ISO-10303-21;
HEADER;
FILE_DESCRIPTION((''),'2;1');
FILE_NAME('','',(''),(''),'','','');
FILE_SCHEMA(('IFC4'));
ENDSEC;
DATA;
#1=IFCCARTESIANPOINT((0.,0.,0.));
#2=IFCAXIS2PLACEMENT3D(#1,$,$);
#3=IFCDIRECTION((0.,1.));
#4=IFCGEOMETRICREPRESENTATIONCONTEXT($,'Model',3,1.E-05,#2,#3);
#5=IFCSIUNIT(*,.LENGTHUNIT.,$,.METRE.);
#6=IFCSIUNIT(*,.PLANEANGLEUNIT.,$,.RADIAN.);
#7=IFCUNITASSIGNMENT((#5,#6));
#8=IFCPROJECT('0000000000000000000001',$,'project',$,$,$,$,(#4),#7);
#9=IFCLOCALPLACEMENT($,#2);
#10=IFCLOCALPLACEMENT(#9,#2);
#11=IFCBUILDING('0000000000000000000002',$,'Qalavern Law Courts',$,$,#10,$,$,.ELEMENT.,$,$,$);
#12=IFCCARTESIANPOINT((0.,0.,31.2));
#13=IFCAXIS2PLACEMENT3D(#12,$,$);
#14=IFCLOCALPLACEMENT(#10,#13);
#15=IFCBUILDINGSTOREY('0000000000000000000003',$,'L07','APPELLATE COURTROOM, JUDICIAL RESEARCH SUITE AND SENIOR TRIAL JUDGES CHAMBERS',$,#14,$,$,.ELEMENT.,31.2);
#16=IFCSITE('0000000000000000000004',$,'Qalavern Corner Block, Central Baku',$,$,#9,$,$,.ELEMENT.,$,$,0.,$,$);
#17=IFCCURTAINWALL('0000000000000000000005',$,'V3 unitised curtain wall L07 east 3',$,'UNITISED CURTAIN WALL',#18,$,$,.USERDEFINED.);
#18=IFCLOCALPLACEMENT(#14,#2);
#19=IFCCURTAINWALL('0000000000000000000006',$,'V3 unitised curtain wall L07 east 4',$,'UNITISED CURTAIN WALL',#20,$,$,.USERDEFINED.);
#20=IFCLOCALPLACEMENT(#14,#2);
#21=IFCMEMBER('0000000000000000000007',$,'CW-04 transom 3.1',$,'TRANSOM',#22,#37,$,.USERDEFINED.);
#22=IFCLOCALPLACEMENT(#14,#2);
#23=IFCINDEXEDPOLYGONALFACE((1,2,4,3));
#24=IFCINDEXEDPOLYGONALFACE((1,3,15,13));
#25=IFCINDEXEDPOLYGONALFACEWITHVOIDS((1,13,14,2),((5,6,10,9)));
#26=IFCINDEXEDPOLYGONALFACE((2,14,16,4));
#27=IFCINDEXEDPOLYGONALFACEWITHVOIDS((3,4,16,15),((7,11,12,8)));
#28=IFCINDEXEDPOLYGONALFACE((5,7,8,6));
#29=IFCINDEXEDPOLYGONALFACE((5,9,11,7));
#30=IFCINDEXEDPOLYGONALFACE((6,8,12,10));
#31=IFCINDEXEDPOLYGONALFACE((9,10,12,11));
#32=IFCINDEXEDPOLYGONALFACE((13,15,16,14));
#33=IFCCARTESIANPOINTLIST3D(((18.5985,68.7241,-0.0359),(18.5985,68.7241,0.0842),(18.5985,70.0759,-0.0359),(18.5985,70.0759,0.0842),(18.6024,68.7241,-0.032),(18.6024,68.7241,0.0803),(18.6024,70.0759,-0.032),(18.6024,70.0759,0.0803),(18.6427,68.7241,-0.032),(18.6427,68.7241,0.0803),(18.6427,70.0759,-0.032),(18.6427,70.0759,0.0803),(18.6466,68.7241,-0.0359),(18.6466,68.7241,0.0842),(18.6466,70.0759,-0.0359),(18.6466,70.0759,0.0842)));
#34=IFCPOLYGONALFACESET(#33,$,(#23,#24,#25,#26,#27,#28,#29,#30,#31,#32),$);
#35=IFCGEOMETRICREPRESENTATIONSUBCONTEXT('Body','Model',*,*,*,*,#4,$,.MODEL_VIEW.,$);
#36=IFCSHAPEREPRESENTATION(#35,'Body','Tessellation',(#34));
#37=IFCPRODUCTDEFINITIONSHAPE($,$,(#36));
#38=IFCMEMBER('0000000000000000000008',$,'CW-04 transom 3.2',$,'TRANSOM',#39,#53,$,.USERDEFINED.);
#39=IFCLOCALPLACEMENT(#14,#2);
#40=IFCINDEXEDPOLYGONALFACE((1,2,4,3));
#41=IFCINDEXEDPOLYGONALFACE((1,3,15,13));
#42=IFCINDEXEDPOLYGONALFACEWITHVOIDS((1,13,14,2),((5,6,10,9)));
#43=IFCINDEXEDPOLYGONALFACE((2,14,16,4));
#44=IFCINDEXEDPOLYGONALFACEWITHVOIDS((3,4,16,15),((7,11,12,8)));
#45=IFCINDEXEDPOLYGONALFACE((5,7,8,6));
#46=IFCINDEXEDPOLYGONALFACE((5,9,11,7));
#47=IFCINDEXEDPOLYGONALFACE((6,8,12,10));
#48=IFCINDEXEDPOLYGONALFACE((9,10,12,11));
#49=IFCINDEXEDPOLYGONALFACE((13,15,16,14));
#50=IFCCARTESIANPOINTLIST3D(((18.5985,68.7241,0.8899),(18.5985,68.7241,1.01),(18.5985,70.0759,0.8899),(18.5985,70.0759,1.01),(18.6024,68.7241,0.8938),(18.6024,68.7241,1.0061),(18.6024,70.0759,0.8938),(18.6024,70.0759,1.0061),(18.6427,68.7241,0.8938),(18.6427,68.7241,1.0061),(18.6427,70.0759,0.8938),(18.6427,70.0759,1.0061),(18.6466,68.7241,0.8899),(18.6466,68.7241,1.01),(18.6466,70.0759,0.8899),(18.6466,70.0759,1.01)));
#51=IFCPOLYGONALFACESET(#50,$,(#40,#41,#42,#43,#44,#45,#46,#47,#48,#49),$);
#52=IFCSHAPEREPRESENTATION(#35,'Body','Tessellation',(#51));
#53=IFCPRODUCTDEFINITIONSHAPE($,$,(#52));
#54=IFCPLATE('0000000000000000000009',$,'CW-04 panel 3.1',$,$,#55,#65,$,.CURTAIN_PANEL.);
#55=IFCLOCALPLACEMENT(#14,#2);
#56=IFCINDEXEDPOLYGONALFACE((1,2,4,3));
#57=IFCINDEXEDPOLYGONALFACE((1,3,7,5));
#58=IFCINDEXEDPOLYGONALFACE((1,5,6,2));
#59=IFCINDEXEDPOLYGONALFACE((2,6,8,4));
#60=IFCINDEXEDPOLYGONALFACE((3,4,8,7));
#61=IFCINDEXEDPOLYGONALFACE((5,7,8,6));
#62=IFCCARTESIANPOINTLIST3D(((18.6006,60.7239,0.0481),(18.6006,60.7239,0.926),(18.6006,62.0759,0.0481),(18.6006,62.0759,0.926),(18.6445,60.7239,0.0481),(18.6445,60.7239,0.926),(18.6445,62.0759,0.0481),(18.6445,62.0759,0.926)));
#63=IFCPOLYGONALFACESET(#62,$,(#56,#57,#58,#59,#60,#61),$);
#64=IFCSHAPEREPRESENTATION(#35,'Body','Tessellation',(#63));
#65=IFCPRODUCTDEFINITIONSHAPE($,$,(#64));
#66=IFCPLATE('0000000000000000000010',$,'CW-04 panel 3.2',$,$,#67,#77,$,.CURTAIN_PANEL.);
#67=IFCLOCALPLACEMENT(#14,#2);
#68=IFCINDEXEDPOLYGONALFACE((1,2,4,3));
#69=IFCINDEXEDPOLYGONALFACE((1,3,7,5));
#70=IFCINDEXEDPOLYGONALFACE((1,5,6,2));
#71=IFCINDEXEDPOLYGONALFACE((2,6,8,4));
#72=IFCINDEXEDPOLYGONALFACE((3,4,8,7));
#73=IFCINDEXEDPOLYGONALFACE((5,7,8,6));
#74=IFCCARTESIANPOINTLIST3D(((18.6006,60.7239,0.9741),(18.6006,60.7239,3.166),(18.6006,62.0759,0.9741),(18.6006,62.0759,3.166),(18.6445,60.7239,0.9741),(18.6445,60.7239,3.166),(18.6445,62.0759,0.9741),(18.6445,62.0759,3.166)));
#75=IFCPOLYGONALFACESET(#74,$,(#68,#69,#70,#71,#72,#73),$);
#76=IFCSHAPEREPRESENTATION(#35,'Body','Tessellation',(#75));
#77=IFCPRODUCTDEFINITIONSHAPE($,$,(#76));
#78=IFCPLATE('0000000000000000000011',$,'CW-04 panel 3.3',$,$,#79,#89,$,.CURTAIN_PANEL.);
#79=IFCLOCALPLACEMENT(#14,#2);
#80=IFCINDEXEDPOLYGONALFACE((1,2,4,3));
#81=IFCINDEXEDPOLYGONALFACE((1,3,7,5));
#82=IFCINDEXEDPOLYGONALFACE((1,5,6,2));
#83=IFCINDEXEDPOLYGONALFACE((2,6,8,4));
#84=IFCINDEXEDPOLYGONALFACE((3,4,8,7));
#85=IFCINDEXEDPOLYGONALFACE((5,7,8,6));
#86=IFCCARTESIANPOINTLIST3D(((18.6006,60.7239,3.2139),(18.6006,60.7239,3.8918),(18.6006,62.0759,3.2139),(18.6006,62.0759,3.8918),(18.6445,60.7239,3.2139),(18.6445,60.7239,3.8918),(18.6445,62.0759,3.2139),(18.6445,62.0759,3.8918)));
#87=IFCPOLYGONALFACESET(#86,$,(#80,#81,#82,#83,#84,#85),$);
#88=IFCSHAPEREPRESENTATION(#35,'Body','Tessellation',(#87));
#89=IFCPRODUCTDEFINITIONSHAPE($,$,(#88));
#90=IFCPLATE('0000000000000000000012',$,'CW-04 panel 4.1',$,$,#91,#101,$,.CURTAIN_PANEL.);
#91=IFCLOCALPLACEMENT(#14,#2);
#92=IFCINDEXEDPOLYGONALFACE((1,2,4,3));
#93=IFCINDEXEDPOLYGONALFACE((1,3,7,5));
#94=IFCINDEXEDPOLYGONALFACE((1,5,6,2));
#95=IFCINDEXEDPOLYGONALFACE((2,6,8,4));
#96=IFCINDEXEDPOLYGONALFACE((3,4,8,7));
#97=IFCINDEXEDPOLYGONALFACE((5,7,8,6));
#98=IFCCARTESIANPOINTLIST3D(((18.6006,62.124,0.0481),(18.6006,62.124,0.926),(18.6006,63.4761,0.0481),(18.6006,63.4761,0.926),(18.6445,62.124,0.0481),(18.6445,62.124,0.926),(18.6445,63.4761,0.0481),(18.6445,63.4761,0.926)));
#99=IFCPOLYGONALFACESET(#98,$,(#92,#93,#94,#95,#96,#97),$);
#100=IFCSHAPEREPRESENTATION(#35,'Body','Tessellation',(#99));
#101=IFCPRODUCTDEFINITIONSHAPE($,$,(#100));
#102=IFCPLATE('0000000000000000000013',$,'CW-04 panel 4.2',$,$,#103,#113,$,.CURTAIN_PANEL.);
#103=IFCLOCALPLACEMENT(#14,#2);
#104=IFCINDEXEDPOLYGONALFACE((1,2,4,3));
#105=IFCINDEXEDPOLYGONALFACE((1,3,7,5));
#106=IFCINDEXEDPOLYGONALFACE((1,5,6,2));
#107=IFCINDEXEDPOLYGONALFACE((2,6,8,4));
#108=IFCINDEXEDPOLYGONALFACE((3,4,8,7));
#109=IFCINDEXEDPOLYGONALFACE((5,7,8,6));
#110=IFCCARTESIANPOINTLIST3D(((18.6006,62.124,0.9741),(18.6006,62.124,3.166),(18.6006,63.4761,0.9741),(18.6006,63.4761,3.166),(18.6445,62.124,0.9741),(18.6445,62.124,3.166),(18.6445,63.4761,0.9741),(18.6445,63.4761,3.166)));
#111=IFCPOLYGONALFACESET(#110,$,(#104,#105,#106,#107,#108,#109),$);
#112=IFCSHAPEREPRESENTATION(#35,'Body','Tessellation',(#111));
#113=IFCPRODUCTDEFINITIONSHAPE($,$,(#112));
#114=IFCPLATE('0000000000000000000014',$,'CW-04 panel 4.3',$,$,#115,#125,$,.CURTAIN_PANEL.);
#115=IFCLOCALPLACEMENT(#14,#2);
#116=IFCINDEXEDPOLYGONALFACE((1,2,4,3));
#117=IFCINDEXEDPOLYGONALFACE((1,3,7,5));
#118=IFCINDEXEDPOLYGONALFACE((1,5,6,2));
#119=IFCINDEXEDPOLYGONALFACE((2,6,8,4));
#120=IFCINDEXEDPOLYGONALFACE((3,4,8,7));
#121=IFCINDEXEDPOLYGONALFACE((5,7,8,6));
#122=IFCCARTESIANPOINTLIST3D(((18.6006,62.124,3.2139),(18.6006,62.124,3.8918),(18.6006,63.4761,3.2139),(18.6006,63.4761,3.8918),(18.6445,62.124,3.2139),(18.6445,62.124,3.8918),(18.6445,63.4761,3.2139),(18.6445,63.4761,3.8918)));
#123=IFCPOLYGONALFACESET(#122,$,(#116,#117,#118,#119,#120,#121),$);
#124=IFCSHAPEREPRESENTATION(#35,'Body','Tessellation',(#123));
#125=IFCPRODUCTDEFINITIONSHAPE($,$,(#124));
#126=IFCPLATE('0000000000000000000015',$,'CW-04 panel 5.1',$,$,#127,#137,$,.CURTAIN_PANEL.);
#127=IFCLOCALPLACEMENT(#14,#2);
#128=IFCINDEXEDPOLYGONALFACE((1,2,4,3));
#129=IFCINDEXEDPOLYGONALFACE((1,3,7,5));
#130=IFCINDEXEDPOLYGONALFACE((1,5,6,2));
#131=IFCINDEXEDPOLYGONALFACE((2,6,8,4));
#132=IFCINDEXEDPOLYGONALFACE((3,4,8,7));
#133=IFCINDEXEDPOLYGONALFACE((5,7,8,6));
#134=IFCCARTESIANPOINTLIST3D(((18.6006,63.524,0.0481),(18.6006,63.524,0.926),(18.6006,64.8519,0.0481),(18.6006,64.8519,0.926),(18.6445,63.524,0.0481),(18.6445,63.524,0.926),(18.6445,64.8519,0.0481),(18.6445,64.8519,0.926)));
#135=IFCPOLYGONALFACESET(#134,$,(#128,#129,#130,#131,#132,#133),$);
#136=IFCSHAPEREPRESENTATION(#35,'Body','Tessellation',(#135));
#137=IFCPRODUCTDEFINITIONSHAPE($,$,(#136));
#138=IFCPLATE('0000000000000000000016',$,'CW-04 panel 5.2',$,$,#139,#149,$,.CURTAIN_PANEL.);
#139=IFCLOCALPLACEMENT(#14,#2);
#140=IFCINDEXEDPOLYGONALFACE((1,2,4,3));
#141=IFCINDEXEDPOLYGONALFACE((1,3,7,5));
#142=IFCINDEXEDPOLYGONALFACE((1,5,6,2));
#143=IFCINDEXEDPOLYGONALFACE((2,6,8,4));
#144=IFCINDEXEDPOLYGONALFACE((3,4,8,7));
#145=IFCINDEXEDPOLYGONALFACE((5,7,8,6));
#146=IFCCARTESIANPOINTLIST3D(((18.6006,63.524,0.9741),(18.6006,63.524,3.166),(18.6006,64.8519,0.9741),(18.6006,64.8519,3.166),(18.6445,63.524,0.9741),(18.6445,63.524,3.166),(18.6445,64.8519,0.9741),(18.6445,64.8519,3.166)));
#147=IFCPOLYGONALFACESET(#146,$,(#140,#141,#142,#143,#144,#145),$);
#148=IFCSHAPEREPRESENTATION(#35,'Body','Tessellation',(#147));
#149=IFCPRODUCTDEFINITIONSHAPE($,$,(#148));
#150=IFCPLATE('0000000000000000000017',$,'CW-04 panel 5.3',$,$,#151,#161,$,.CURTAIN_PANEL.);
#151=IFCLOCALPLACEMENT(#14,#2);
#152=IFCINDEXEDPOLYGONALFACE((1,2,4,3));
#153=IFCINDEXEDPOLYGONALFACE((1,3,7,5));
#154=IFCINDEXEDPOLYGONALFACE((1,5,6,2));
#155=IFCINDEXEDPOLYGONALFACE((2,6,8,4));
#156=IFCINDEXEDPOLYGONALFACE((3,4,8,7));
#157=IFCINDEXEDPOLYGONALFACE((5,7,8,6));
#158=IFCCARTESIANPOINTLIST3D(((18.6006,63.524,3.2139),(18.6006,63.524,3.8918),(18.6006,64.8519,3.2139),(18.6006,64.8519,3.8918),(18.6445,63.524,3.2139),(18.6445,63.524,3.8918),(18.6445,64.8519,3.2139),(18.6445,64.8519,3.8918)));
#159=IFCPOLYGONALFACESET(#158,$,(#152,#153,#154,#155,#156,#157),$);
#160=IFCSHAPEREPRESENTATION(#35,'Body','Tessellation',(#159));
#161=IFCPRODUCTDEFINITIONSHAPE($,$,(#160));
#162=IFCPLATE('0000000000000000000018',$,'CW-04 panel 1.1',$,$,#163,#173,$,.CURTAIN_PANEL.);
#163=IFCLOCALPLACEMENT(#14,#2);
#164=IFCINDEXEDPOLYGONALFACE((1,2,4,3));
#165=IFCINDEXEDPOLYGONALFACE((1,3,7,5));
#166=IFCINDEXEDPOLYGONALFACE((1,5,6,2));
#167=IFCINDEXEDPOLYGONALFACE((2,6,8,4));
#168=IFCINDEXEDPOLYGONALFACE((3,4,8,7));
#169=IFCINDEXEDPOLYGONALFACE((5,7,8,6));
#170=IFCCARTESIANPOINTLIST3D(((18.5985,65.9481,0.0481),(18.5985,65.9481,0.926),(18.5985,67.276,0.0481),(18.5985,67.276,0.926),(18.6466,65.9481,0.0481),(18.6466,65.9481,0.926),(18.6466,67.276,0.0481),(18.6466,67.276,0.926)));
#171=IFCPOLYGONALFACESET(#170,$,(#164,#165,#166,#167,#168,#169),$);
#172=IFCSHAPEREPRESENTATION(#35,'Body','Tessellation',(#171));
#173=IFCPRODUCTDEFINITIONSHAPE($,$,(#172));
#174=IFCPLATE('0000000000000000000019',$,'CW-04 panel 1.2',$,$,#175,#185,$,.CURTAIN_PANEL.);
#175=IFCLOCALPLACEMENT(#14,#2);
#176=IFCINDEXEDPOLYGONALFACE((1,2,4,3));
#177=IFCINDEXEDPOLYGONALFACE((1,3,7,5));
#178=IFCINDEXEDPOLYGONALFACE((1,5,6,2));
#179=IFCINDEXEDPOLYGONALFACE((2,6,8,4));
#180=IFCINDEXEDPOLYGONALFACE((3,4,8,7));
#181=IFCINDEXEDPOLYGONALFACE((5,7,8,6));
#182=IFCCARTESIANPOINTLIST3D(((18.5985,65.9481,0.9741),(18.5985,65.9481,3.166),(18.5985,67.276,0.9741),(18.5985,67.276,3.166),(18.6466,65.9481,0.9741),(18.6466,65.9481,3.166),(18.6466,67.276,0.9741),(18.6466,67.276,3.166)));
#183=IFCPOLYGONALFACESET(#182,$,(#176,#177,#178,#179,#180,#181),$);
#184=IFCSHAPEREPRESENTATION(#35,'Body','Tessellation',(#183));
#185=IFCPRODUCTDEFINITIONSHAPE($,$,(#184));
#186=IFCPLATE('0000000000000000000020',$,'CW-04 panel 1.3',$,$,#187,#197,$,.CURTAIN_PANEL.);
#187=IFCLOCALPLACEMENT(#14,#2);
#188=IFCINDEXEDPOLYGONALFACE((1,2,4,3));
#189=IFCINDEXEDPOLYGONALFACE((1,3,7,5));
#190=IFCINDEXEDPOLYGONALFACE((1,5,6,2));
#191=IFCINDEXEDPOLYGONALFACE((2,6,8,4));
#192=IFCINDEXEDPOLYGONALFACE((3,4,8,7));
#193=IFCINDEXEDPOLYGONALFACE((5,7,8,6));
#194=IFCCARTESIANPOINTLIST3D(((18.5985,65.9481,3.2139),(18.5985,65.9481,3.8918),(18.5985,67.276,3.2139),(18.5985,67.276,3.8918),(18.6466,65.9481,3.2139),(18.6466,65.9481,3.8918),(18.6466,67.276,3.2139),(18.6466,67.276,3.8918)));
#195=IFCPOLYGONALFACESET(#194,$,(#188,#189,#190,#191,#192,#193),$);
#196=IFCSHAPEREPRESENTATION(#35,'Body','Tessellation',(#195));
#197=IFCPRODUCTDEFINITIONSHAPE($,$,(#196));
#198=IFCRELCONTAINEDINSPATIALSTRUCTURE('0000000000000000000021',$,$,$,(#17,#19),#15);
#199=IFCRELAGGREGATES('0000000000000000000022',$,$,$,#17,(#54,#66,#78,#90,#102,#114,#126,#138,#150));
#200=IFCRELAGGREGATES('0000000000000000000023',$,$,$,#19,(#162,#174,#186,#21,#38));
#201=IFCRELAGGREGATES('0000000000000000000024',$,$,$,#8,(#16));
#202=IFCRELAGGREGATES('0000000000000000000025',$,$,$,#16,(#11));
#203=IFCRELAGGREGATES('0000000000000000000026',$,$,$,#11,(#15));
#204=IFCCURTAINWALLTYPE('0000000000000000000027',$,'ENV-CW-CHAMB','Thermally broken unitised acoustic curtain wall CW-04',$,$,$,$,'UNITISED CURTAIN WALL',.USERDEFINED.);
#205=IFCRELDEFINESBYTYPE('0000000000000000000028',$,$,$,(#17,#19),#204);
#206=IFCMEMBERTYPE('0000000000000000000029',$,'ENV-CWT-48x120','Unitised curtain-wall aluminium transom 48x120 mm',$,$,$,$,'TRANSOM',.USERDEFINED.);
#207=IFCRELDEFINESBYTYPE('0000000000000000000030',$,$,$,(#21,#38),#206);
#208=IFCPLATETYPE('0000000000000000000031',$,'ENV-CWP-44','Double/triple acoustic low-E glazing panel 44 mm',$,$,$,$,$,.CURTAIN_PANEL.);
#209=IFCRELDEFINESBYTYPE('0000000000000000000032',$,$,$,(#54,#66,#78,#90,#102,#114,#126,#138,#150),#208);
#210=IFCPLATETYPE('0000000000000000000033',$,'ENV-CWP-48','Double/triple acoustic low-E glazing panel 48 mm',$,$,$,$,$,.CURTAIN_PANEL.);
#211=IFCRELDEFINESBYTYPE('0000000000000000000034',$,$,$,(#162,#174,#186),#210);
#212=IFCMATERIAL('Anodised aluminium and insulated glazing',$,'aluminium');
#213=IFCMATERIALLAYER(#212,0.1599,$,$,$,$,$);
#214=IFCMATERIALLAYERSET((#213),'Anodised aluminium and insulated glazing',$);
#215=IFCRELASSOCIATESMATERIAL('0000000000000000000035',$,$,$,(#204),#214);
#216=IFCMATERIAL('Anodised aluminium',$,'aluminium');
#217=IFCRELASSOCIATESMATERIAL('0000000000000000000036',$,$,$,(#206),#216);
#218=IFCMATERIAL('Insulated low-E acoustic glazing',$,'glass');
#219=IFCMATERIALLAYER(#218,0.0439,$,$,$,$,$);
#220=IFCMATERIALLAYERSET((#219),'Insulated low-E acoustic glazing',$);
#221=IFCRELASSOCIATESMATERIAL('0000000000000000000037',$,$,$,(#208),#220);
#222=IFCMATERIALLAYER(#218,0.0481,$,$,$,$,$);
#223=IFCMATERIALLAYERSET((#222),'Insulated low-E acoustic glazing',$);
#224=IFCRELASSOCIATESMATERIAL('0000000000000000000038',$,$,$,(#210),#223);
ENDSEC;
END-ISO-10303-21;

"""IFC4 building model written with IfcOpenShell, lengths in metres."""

from ifc_helpers import new_model, si_unit, direction, frame, origin, origin_2d, place, context, subcontext, project, spatial, rectangle, hollow_rectangle, extrude, material, layer, layer_set, material_profile, profile_set, type_object, element, aggregate, save


model = new_model("IFC4")

# Units and contexts
model_context = context("Model", 3, precision=1e-05, world=origin(), true_north=direction((0.0, 1.0)))
body_context = subcontext(model_context, "Body", "Model", "MODEL_VIEW")
ifc_project = project(units=[si_unit("LENGTHUNIT", "METRE"), si_unit("PLANEANGLEUNIT", "RADIAN")], contexts=[model_context])

# Site, building, storey
site_placement = place(None, origin())
site = spatial("IfcSite", under=ifc_project, at=site_placement, Name="Qalavern Corner Block, Central Baku", CompositionType="ELEMENT", RefElevation=0.0)
building_placement = place(site_placement, origin())
building = spatial("IfcBuilding", under=site, at=building_placement, Name="Qalavern Law Courts", CompositionType="ELEMENT")
storey_placement = place(building_placement, frame((0.0, 0.0, 31.2)))
storey = spatial("IfcBuildingStorey", under=building, at=storey_placement, Name="L07", Description="APPELLATE COURTROOM, JUDICIAL RESEARCH SUITE AND SENIOR TRIAL JUDGES CHAMBERS", CompositionType="ELEMENT", Elevation=31.2)

# Curtain walls
ifc_material_1 = material(Name="Anodised aluminium and insulated glazing", Category="aluminium")
ifc_layer_1 = layer(ifc_material_1, 0.1599)
ifc_layer_set_1 = layer_set([ifc_layer_1], Name="Anodised aluminium and insulated glazing")
curtain_wall_type = type_object("IfcCurtainWallType", Name="ENV-CW-CHAMB", Description="Thermally broken unitised acoustic curtain wall CW-04", ElementType="UNITISED CURTAIN WALL", PredefinedType="USERDEFINED", material=ifc_layer_set_1)
curtain_wall_1_placement = place(storey_placement, origin())
curtain_wall_1 = element("IfcCurtainWall", 1, at=curtain_wall_1_placement, inside=storey, type_object=curtain_wall_type, Name="V3 unitised curtain wall L07 east 3", ObjectType="UNITISED CURTAIN WALL", PredefinedType="USERDEFINED")
ifc_material_2 = material(Name="Anodised aluminium", Category="aluminium")
curtain_wall_2_placement = place(storey_placement, origin())
curtain_wall_2 = element("IfcCurtainWall", 2, at=curtain_wall_2_placement, inside=storey, type_object=curtain_wall_type, Name="V3 unitised curtain wall L07 east 4", ObjectType="UNITISED CURTAIN WALL", PredefinedType="USERDEFINED")

# Members
ifc_material_profile_1 = material_profile(ifc_material_2, hollow_rectangle(XDim=0.0481, YDim=0.1201, WallThickness=0.0039, at=origin_2d()), Name="ALU TRANSOM 48x120")
ifc_profile_set_1 = profile_set([ifc_material_profile_1], Name="Anodised aluminium")
member_type_1 = type_object("IfcMemberType", Name="ENV-CWT-48x120", Description="Unitised curtain-wall aluminium transom 48x120 mm", ElementType="TRANSOM", PredefinedType="USERDEFINED", material=ifc_profile_set_1)
member_1_placement = place(storey_placement, frame((18.6226, 68.7241, 0.0242), z_axis=(0.0, 1.0, 0.0), x_axis=(-1.0, 0.0, 0.0)))
member_1 = element("IfcMember", 3, at=member_1_placement, type_object=member_type_1, Name="CW-04 transom 3.1", ObjectType="TRANSOM", PredefinedType="USERDEFINED", context=body_context, shape_type="SweptSolid", body=[
    extrude(hollow_rectangle(XDim=0.0481, YDim=0.1201, WallThickness=0.0039, at=origin_2d()), origin(), (0.0, 0.0, 1.0), 1.3518),
])
member_2_placement = place(storey_placement, frame((18.6226, 68.7241, 0.95), z_axis=(0.0, 1.0, 0.0), x_axis=(-1.0, 0.0, 0.0)))
member_2 = element("IfcMember", 4, at=member_2_placement, type_object=member_type_1, Name="CW-04 transom 3.2", ObjectType="TRANSOM", PredefinedType="USERDEFINED", context=body_context, shape_type="SweptSolid", body=[
    extrude(hollow_rectangle(XDim=0.0481, YDim=0.1201, WallThickness=0.0039, at=origin_2d()), origin(), (0.0, 0.0, 1.0), 1.3518),
])

# Plates
ifc_material_3 = material(Name="Insulated low-E acoustic glazing", Category="glass")
ifc_layer_2 = layer(ifc_material_3, 0.0439)
ifc_layer_set_2 = layer_set([ifc_layer_2], Name="Insulated low-E acoustic glazing")
plate_type_1 = type_object("IfcPlateType", Name="ENV-CWP-44", Description="Double/triple acoustic low-E glazing panel 44 mm", PredefinedType="CURTAIN_PANEL", material=ifc_layer_set_2)
plate_1_placement = place(storey_placement, frame((18.6226, 61.3999, 0.0481), z_axis=(0.0, 0.0, 1.0), x_axis=(0.0, 1.0, 0.0)))
plate_1 = element("IfcPlate", 5, at=plate_1_placement, type_object=plate_type_1, Name="CW-04 panel 3.1", PredefinedType="CURTAIN_PANEL", context=body_context, shape_type="SweptSolid", body=[
    extrude(rectangle(XDim=1.3521, YDim=0.0439, at=origin_2d()), origin(), (0.0, 0.0, 1.0), 0.8779),
])
plate_2_placement = place(storey_placement, frame((18.6226, 61.3999, 0.9741), z_axis=(0.0, 0.0, 1.0), x_axis=(0.0, 1.0, 0.0)))
plate_2 = element("IfcPlate", 6, at=plate_2_placement, type_object=plate_type_1, Name="CW-04 panel 3.2", PredefinedType="CURTAIN_PANEL", context=body_context, shape_type="SweptSolid", body=[
    extrude(rectangle(XDim=1.3521, YDim=0.0439, at=origin_2d()), origin(), (0.0, 0.0, 1.0), 2.1919),
])
plate_3_placement = place(storey_placement, frame((18.6226, 61.3999, 3.2139), z_axis=(0.0, 0.0, 1.0), x_axis=(0.0, 1.0, 0.0)))
plate_3 = element("IfcPlate", 7, at=plate_3_placement, type_object=plate_type_1, Name="CW-04 panel 3.3", PredefinedType="CURTAIN_PANEL", context=body_context, shape_type="SweptSolid", body=[
    extrude(rectangle(XDim=1.3521, YDim=0.0439, at=origin_2d()), origin(), (0.0, 0.0, 1.0), 0.678),
])
plate_4_placement = place(storey_placement, frame((18.6226, 62.8, 0.0481), z_axis=(0.0, 0.0, 1.0), x_axis=(0.0, 1.0, 0.0)))
plate_4 = element("IfcPlate", 8, at=plate_4_placement, type_object=plate_type_1, Name="CW-04 panel 4.1", PredefinedType="CURTAIN_PANEL", context=body_context, shape_type="SweptSolid", body=[
    extrude(rectangle(XDim=1.3521, YDim=0.0439, at=origin_2d()), origin(), (0.0, 0.0, 1.0), 0.8779),
])
plate_5_placement = place(storey_placement, frame((18.6226, 62.8, 0.9741), z_axis=(0.0, 0.0, 1.0), x_axis=(0.0, 1.0, 0.0)))
plate_5 = element("IfcPlate", 9, at=plate_5_placement, type_object=plate_type_1, Name="CW-04 panel 4.2", PredefinedType="CURTAIN_PANEL", context=body_context, shape_type="SweptSolid", body=[
    extrude(rectangle(XDim=1.3521, YDim=0.0439, at=origin_2d()), origin(), (0.0, 0.0, 1.0), 2.1919),
])
plate_6_placement = place(storey_placement, frame((18.6226, 62.8, 3.2139), z_axis=(0.0, 0.0, 1.0), x_axis=(0.0, 1.0, 0.0)))
plate_6 = element("IfcPlate", 10, at=plate_6_placement, type_object=plate_type_1, Name="CW-04 panel 4.3", PredefinedType="CURTAIN_PANEL", context=body_context, shape_type="SweptSolid", body=[
    extrude(rectangle(XDim=1.3521, YDim=0.0439, at=origin_2d()), origin(), (0.0, 0.0, 1.0), 0.678),
])
plate_7_placement = place(storey_placement, frame((18.6226, 64.188, 0.0481), z_axis=(0.0, 0.0, 1.0), x_axis=(0.0, 1.0, 0.0)))
plate_7 = element("IfcPlate", 11, at=plate_7_placement, type_object=plate_type_1, Name="CW-04 panel 5.1", PredefinedType="CURTAIN_PANEL", context=body_context, shape_type="SweptSolid", body=[
    extrude(rectangle(XDim=1.3279, YDim=0.0439, at=origin_2d()), origin(), (0.0, 0.0, 1.0), 0.8779),
])
plate_8_placement = place(storey_placement, frame((18.6226, 64.188, 0.9741), z_axis=(0.0, 0.0, 1.0), x_axis=(0.0, 1.0, 0.0)))
plate_8 = element("IfcPlate", 12, at=plate_8_placement, type_object=plate_type_1, Name="CW-04 panel 5.2", PredefinedType="CURTAIN_PANEL", context=body_context, shape_type="SweptSolid", body=[
    extrude(rectangle(XDim=1.3279, YDim=0.0439, at=origin_2d()), origin(), (0.0, 0.0, 1.0), 2.1919),
])
plate_9_placement = place(storey_placement, frame((18.6226, 64.188, 3.2139), z_axis=(0.0, 0.0, 1.0), x_axis=(0.0, 1.0, 0.0)))
plate_9 = element("IfcPlate", 13, at=plate_9_placement, type_object=plate_type_1, Name="CW-04 panel 5.3", PredefinedType="CURTAIN_PANEL", context=body_context, shape_type="SweptSolid", body=[
    extrude(rectangle(XDim=1.3279, YDim=0.0439, at=origin_2d()), origin(), (0.0, 0.0, 1.0), 0.678),
])
aggregate(curtain_wall_1, [plate_1, plate_2, plate_3, plate_4, plate_5, plate_6, plate_7, plate_8, plate_9])
ifc_layer_3 = layer(ifc_material_3, 0.0481)
ifc_layer_set_3 = layer_set([ifc_layer_3], Name="Insulated low-E acoustic glazing")
plate_type_2 = type_object("IfcPlateType", Name="ENV-CWP-48", Description="Double/triple acoustic low-E glazing panel 48 mm", PredefinedType="CURTAIN_PANEL", material=ifc_layer_set_3)
plate_10_placement = place(storey_placement, frame((18.6226, 66.6121, 0.0481), z_axis=(0.0, 0.0, 1.0), x_axis=(0.0, 1.0, 0.0)))
plate_10 = element("IfcPlate", 14, at=plate_10_placement, type_object=plate_type_2, Name="CW-04 panel 1.1", PredefinedType="CURTAIN_PANEL", context=body_context, shape_type="SweptSolid", body=[
    extrude(rectangle(XDim=1.3279, YDim=0.0481, at=origin_2d()), origin(), (0.0, 0.0, 1.0), 0.8779),
])
plate_11_placement = place(storey_placement, frame((18.6226, 66.6121, 0.9741), z_axis=(0.0, 0.0, 1.0), x_axis=(0.0, 1.0, 0.0)))
plate_11 = element("IfcPlate", 15, at=plate_11_placement, type_object=plate_type_2, Name="CW-04 panel 1.2", PredefinedType="CURTAIN_PANEL", context=body_context, shape_type="SweptSolid", body=[
    extrude(rectangle(XDim=1.3279, YDim=0.0481, at=origin_2d()), origin(), (0.0, 0.0, 1.0), 2.1919),
])
plate_12_placement = place(storey_placement, frame((18.6226, 66.6121, 3.2139), z_axis=(0.0, 0.0, 1.0), x_axis=(0.0, 1.0, 0.0)))
plate_12 = element("IfcPlate", 16, at=plate_12_placement, type_object=plate_type_2, Name="CW-04 panel 1.3", PredefinedType="CURTAIN_PANEL", context=body_context, shape_type="SweptSolid", body=[
    extrude(rectangle(XDim=1.3279, YDim=0.0481, at=origin_2d()), origin(), (0.0, 0.0, 1.0), 0.678),
])
aggregate(curtain_wall_2, [plate_10, plate_11, plate_12, member_1, member_2])

save(model, "model.ifc")
